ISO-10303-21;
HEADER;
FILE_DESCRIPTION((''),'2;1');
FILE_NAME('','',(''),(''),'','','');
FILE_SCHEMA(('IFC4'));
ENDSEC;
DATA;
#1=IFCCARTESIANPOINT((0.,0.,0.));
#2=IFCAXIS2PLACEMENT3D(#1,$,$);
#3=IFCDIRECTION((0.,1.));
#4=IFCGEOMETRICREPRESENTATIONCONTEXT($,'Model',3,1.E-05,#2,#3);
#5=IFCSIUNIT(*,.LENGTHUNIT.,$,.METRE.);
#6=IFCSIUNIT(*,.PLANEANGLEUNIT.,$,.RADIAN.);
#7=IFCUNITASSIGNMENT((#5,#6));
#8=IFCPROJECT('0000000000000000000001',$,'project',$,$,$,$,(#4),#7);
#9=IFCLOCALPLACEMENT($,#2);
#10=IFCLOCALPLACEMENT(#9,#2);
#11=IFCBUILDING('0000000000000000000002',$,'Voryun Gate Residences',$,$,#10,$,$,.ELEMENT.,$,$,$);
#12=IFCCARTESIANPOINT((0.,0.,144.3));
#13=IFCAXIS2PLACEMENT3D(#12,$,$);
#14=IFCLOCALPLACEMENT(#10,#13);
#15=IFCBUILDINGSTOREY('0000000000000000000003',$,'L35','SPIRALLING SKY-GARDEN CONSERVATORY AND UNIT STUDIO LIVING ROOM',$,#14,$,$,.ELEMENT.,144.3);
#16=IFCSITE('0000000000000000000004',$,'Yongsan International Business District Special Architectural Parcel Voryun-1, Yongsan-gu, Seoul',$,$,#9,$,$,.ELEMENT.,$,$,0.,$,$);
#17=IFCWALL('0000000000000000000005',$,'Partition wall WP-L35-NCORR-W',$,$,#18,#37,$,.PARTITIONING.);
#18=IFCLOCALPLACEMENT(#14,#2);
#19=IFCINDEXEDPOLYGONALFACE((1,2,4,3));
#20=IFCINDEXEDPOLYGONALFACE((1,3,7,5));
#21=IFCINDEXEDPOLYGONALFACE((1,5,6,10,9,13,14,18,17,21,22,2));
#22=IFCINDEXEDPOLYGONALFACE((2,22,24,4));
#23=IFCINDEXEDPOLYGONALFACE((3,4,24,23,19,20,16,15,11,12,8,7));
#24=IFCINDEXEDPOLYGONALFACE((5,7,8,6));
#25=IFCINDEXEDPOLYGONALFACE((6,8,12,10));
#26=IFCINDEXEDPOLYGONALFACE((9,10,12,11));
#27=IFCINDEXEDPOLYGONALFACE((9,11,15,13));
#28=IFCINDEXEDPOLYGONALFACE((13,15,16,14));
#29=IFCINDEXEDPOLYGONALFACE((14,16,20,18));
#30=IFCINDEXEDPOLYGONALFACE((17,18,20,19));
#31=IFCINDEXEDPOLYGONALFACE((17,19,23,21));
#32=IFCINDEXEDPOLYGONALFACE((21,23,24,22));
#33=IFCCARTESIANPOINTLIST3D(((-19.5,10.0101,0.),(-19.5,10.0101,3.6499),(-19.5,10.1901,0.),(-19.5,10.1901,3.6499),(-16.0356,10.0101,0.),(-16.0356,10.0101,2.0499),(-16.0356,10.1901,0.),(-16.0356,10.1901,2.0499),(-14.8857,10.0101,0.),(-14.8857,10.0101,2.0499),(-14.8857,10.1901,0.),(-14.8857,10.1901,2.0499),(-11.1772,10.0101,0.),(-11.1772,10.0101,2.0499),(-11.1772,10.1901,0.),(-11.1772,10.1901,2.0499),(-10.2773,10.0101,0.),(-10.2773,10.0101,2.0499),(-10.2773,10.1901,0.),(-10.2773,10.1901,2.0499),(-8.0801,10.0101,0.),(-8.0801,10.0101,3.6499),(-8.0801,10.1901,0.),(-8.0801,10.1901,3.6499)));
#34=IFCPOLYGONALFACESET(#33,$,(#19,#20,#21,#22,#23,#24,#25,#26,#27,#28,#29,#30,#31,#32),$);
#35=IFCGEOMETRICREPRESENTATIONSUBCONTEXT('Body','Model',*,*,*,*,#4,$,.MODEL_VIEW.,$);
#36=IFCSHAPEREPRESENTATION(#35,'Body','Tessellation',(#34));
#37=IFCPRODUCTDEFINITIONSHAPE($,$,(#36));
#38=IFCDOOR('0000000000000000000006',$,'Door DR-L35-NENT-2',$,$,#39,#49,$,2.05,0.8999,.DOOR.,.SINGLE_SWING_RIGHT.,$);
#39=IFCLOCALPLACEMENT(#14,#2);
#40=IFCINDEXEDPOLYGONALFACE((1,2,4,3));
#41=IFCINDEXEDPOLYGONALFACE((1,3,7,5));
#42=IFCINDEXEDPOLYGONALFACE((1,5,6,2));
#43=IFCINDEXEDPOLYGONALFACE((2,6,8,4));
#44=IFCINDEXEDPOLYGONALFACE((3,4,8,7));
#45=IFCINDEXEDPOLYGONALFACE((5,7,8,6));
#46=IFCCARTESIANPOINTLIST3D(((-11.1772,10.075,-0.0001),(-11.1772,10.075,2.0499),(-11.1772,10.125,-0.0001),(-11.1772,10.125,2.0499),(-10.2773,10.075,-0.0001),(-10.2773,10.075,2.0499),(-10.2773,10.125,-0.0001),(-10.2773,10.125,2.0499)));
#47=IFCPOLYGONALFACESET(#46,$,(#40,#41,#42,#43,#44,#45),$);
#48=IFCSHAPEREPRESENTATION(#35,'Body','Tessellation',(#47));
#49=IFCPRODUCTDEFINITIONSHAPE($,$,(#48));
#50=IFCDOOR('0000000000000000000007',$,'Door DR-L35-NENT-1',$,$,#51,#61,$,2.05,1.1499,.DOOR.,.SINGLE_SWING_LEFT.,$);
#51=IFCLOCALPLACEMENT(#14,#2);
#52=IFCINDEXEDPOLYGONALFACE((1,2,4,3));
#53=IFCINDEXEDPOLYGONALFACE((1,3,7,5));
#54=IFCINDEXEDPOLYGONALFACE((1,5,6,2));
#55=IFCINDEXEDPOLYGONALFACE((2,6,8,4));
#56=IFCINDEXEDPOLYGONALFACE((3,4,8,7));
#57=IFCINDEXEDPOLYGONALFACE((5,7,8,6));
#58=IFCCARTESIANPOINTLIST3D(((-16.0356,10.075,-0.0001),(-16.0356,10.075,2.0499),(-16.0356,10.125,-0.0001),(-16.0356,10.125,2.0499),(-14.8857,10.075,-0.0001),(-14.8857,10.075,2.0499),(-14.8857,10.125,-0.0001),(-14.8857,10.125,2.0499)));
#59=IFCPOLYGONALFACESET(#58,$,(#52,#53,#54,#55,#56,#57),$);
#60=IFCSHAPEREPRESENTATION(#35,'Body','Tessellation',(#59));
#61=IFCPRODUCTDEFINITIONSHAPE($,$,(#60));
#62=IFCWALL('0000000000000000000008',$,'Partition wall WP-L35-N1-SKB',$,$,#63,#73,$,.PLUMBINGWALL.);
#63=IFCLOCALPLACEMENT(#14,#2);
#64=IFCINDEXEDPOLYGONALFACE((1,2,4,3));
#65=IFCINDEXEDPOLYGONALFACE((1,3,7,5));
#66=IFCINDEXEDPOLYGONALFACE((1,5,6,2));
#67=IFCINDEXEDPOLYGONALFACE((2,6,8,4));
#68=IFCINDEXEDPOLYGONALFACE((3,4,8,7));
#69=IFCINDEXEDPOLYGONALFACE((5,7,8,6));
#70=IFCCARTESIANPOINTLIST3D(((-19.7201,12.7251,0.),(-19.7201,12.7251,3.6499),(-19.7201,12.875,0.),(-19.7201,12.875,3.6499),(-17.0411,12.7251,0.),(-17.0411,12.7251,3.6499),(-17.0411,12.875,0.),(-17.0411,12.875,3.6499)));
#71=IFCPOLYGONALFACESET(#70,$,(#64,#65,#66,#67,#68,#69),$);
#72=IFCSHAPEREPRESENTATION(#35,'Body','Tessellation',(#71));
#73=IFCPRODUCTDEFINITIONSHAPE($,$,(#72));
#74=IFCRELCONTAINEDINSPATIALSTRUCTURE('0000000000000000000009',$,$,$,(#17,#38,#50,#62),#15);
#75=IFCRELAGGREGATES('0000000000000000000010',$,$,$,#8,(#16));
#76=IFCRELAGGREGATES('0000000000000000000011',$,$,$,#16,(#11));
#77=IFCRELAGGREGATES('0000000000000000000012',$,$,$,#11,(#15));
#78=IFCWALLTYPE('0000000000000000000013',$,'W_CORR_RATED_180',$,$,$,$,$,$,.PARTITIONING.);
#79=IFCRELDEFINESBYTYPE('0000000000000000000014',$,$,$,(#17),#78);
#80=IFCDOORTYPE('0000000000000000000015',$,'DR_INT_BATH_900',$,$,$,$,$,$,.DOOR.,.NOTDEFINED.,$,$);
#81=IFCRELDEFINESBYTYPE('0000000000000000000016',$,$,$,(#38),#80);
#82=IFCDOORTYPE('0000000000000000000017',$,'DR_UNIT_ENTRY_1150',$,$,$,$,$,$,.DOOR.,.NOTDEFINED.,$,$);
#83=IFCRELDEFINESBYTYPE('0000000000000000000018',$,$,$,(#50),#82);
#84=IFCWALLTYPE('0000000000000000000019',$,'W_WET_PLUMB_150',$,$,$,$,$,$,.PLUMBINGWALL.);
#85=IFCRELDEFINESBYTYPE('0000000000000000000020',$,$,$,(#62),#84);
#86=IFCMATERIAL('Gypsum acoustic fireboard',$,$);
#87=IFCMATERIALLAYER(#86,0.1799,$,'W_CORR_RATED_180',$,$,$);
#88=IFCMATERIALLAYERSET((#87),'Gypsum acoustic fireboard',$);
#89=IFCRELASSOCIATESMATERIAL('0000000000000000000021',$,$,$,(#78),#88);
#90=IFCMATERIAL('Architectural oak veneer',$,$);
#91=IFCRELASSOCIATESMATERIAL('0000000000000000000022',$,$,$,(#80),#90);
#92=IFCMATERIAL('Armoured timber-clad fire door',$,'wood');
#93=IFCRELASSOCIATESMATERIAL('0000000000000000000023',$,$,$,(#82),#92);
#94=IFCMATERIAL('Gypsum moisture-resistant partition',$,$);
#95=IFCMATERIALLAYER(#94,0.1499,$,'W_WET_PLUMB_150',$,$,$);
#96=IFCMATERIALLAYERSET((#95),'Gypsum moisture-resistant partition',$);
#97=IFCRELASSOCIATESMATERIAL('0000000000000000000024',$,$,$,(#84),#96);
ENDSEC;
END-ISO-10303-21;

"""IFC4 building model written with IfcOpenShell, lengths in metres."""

from ifc_helpers import new_model, si_unit, direction, frame, frame_2d, origin, place, context, subcontext, project, spatial, rectangle, extrude, material, layer, layer_set, type_object, element, fill, save


model = new_model("IFC4")

# Units and contexts
model_context = context("Model", 3, precision=1e-05, world=origin(), true_north=direction((0.0, 1.0)))
body_context = subcontext(model_context, "Body", "Model", "MODEL_VIEW")
ifc_project = project(units=[si_unit("LENGTHUNIT", "METRE"), si_unit("PLANEANGLEUNIT", "RADIAN")], contexts=[model_context])

# Site, building, storey
site_placement = place(None, origin())
site = spatial("IfcSite", under=ifc_project, at=site_placement, Name="Yongsan International Business District Special Architectural Parcel Voryun-1, Yongsan-gu, Seoul", CompositionType="ELEMENT", RefElevation=0.0)
building_placement = place(site_placement, origin())
building = spatial("IfcBuilding", under=site, at=building_placement, Name="Voryun Gate Residences", CompositionType="ELEMENT")
storey_placement = place(building_placement, frame((0.0, 0.0, 144.3)))
storey = spatial("IfcBuildingStorey", under=building, at=storey_placement, Name="L35", Description="SPIRALLING SKY-GARDEN CONSERVATORY AND UNIT STUDIO LIVING ROOM", CompositionType="ELEMENT", Elevation=144.3)

# Wall, openings, doors
ifc_material_1 = material(Name="Gypsum acoustic fireboard")
ifc_layer_1 = layer(ifc_material_1, 0.1799, Name="W_CORR_RATED_180")
ifc_layer_set_1 = layer_set([ifc_layer_1], Name="Gypsum acoustic fireboard")
wall_type_1 = type_object("IfcWallType", Name="W_CORR_RATED_180", PredefinedType="PARTITIONING", material=ifc_layer_set_1)
wall_1_placement = place(storey_placement, frame((-19.5, 10.1001, 0.0), z_axis=(0.0, 0.0, 1.0), x_axis=(1.0, 0.0, 0.0)))
wall_1 = element("IfcWall", 1, at=wall_1_placement, inside=storey, type_object=wall_type_1, Name="Partition wall WP-L35-NCORR-W", PredefinedType="PARTITIONING", context=body_context, shape_type="SweptSolid", body=[
    extrude(rectangle(XDim=11.4199, YDim=0.1799, at=frame_2d((5.71, 0.0))), origin(), (0.0, 0.0, 1.0), 3.6499),
])
opening_1_placement = place(wall_1_placement, frame((3.4644, 0.0, 0.0)))
opening_1 = element("IfcOpeningElement", 2, at=opening_1_placement, cuts=wall_1, PredefinedType="OPENING", context=body_context, shape_type="SweptSolid", body=[
    extrude(rectangle(XDim=1.1499, YDim=2.05, at=frame_2d((0.575, 1.0249))), frame((0.0, 0.0999, 0.0), z_axis=(0.0, -1.0, 0.0), x_axis=(1.0, 0.0, 0.0)), (0.0, 0.0, 1.0), 0.2),
])
opening_2_placement = place(wall_1_placement, frame((8.3228, 0.0, 0.0)))
opening_2 = element("IfcOpeningElement", 3, at=opening_2_placement, cuts=wall_1, PredefinedType="OPENING", context=body_context, shape_type="SweptSolid", body=[
    extrude(rectangle(XDim=0.8999, YDim=2.05, at=frame_2d((0.45, 1.0249))), frame((0.0, 0.0999, 0.0), z_axis=(0.0, -1.0, 0.0), x_axis=(1.0, 0.0, 0.0)), (0.0, 0.0, 1.0), 0.2),
])
ifc_material_2 = material(Name="Architectural oak veneer")
door_type_1 = type_object("IfcDoorType", Name="DR_INT_BATH_900", OperationType="NOTDEFINED", PredefinedType="DOOR", material=ifc_material_2)
door_1_placement = place(opening_2_placement, origin())
door_1 = element("IfcDoor", 4, at=door_1_placement, inside=storey, type_object=door_type_1, Name="Door DR-L35-NENT-2", OperationType="SINGLE_SWING_RIGHT", OverallHeight=2.05, OverallWidth=0.8999, PredefinedType="DOOR", context=body_context, shape_type="SweptSolid", body=[
    extrude(rectangle(XDim=0.8999, YDim=2.05, at=frame_2d((0.45, 1.0249))), frame((0.0, 0.0249, 0.0), z_axis=(0.0, -1.0, 0.0), x_axis=(1.0, 0.0, 0.0)), (0.0, 0.0, 1.0), 0.05),
])
fill(opening_2, door_1)
ifc_material_3 = material(Name="Armoured timber-clad fire door", Category="wood")
door_type_2 = type_object("IfcDoorType", Name="DR_UNIT_ENTRY_1150", OperationType="NOTDEFINED", PredefinedType="DOOR", material=ifc_material_3)
door_2_placement = place(opening_1_placement, origin())
door_2 = element("IfcDoor", 5, at=door_2_placement, inside=storey, type_object=door_type_2, Name="Door DR-L35-NENT-1", OperationType="SINGLE_SWING_LEFT", OverallHeight=2.05, OverallWidth=1.1499, PredefinedType="DOOR", context=body_context, shape_type="SweptSolid", body=[
    extrude(rectangle(XDim=1.1499, YDim=2.05, at=frame_2d((0.575, 1.0249))), frame((0.0, 0.0249, 0.0), z_axis=(0.0, -1.0, 0.0), x_axis=(1.0, 0.0, 0.0)), (0.0, 0.0, 1.0), 0.05),
])
fill(opening_1, door_2)

# Wall
ifc_material_4 = material(Name="Gypsum moisture-resistant partition")
ifc_layer_2 = layer(ifc_material_4, 0.1499, Name="W_WET_PLUMB_150")
ifc_layer_set_2 = layer_set([ifc_layer_2], Name="Gypsum moisture-resistant partition")
wall_type_2 = type_object("IfcWallType", Name="W_WET_PLUMB_150", PredefinedType="PLUMBINGWALL", material=ifc_layer_set_2)
wall_2_placement = place(storey_placement, frame((-19.72, 12.8, 0.0), z_axis=(0.0, 0.0, 1.0), x_axis=(1.0, 0.0, 0.0)))
element("IfcWall", 6, at=wall_2_placement, inside=storey, type_object=wall_type_2, Name="Partition wall WP-L35-N1-SKB", PredefinedType="PLUMBINGWALL", context=body_context, shape_type="SweptSolid", body=[
    extrude(rectangle(XDim=2.679, YDim=0.1499, at=frame_2d((1.3394, 0.0))), origin(), (0.0, 0.0, 1.0), 3.6499),
])

save(model, "model.ifc")
